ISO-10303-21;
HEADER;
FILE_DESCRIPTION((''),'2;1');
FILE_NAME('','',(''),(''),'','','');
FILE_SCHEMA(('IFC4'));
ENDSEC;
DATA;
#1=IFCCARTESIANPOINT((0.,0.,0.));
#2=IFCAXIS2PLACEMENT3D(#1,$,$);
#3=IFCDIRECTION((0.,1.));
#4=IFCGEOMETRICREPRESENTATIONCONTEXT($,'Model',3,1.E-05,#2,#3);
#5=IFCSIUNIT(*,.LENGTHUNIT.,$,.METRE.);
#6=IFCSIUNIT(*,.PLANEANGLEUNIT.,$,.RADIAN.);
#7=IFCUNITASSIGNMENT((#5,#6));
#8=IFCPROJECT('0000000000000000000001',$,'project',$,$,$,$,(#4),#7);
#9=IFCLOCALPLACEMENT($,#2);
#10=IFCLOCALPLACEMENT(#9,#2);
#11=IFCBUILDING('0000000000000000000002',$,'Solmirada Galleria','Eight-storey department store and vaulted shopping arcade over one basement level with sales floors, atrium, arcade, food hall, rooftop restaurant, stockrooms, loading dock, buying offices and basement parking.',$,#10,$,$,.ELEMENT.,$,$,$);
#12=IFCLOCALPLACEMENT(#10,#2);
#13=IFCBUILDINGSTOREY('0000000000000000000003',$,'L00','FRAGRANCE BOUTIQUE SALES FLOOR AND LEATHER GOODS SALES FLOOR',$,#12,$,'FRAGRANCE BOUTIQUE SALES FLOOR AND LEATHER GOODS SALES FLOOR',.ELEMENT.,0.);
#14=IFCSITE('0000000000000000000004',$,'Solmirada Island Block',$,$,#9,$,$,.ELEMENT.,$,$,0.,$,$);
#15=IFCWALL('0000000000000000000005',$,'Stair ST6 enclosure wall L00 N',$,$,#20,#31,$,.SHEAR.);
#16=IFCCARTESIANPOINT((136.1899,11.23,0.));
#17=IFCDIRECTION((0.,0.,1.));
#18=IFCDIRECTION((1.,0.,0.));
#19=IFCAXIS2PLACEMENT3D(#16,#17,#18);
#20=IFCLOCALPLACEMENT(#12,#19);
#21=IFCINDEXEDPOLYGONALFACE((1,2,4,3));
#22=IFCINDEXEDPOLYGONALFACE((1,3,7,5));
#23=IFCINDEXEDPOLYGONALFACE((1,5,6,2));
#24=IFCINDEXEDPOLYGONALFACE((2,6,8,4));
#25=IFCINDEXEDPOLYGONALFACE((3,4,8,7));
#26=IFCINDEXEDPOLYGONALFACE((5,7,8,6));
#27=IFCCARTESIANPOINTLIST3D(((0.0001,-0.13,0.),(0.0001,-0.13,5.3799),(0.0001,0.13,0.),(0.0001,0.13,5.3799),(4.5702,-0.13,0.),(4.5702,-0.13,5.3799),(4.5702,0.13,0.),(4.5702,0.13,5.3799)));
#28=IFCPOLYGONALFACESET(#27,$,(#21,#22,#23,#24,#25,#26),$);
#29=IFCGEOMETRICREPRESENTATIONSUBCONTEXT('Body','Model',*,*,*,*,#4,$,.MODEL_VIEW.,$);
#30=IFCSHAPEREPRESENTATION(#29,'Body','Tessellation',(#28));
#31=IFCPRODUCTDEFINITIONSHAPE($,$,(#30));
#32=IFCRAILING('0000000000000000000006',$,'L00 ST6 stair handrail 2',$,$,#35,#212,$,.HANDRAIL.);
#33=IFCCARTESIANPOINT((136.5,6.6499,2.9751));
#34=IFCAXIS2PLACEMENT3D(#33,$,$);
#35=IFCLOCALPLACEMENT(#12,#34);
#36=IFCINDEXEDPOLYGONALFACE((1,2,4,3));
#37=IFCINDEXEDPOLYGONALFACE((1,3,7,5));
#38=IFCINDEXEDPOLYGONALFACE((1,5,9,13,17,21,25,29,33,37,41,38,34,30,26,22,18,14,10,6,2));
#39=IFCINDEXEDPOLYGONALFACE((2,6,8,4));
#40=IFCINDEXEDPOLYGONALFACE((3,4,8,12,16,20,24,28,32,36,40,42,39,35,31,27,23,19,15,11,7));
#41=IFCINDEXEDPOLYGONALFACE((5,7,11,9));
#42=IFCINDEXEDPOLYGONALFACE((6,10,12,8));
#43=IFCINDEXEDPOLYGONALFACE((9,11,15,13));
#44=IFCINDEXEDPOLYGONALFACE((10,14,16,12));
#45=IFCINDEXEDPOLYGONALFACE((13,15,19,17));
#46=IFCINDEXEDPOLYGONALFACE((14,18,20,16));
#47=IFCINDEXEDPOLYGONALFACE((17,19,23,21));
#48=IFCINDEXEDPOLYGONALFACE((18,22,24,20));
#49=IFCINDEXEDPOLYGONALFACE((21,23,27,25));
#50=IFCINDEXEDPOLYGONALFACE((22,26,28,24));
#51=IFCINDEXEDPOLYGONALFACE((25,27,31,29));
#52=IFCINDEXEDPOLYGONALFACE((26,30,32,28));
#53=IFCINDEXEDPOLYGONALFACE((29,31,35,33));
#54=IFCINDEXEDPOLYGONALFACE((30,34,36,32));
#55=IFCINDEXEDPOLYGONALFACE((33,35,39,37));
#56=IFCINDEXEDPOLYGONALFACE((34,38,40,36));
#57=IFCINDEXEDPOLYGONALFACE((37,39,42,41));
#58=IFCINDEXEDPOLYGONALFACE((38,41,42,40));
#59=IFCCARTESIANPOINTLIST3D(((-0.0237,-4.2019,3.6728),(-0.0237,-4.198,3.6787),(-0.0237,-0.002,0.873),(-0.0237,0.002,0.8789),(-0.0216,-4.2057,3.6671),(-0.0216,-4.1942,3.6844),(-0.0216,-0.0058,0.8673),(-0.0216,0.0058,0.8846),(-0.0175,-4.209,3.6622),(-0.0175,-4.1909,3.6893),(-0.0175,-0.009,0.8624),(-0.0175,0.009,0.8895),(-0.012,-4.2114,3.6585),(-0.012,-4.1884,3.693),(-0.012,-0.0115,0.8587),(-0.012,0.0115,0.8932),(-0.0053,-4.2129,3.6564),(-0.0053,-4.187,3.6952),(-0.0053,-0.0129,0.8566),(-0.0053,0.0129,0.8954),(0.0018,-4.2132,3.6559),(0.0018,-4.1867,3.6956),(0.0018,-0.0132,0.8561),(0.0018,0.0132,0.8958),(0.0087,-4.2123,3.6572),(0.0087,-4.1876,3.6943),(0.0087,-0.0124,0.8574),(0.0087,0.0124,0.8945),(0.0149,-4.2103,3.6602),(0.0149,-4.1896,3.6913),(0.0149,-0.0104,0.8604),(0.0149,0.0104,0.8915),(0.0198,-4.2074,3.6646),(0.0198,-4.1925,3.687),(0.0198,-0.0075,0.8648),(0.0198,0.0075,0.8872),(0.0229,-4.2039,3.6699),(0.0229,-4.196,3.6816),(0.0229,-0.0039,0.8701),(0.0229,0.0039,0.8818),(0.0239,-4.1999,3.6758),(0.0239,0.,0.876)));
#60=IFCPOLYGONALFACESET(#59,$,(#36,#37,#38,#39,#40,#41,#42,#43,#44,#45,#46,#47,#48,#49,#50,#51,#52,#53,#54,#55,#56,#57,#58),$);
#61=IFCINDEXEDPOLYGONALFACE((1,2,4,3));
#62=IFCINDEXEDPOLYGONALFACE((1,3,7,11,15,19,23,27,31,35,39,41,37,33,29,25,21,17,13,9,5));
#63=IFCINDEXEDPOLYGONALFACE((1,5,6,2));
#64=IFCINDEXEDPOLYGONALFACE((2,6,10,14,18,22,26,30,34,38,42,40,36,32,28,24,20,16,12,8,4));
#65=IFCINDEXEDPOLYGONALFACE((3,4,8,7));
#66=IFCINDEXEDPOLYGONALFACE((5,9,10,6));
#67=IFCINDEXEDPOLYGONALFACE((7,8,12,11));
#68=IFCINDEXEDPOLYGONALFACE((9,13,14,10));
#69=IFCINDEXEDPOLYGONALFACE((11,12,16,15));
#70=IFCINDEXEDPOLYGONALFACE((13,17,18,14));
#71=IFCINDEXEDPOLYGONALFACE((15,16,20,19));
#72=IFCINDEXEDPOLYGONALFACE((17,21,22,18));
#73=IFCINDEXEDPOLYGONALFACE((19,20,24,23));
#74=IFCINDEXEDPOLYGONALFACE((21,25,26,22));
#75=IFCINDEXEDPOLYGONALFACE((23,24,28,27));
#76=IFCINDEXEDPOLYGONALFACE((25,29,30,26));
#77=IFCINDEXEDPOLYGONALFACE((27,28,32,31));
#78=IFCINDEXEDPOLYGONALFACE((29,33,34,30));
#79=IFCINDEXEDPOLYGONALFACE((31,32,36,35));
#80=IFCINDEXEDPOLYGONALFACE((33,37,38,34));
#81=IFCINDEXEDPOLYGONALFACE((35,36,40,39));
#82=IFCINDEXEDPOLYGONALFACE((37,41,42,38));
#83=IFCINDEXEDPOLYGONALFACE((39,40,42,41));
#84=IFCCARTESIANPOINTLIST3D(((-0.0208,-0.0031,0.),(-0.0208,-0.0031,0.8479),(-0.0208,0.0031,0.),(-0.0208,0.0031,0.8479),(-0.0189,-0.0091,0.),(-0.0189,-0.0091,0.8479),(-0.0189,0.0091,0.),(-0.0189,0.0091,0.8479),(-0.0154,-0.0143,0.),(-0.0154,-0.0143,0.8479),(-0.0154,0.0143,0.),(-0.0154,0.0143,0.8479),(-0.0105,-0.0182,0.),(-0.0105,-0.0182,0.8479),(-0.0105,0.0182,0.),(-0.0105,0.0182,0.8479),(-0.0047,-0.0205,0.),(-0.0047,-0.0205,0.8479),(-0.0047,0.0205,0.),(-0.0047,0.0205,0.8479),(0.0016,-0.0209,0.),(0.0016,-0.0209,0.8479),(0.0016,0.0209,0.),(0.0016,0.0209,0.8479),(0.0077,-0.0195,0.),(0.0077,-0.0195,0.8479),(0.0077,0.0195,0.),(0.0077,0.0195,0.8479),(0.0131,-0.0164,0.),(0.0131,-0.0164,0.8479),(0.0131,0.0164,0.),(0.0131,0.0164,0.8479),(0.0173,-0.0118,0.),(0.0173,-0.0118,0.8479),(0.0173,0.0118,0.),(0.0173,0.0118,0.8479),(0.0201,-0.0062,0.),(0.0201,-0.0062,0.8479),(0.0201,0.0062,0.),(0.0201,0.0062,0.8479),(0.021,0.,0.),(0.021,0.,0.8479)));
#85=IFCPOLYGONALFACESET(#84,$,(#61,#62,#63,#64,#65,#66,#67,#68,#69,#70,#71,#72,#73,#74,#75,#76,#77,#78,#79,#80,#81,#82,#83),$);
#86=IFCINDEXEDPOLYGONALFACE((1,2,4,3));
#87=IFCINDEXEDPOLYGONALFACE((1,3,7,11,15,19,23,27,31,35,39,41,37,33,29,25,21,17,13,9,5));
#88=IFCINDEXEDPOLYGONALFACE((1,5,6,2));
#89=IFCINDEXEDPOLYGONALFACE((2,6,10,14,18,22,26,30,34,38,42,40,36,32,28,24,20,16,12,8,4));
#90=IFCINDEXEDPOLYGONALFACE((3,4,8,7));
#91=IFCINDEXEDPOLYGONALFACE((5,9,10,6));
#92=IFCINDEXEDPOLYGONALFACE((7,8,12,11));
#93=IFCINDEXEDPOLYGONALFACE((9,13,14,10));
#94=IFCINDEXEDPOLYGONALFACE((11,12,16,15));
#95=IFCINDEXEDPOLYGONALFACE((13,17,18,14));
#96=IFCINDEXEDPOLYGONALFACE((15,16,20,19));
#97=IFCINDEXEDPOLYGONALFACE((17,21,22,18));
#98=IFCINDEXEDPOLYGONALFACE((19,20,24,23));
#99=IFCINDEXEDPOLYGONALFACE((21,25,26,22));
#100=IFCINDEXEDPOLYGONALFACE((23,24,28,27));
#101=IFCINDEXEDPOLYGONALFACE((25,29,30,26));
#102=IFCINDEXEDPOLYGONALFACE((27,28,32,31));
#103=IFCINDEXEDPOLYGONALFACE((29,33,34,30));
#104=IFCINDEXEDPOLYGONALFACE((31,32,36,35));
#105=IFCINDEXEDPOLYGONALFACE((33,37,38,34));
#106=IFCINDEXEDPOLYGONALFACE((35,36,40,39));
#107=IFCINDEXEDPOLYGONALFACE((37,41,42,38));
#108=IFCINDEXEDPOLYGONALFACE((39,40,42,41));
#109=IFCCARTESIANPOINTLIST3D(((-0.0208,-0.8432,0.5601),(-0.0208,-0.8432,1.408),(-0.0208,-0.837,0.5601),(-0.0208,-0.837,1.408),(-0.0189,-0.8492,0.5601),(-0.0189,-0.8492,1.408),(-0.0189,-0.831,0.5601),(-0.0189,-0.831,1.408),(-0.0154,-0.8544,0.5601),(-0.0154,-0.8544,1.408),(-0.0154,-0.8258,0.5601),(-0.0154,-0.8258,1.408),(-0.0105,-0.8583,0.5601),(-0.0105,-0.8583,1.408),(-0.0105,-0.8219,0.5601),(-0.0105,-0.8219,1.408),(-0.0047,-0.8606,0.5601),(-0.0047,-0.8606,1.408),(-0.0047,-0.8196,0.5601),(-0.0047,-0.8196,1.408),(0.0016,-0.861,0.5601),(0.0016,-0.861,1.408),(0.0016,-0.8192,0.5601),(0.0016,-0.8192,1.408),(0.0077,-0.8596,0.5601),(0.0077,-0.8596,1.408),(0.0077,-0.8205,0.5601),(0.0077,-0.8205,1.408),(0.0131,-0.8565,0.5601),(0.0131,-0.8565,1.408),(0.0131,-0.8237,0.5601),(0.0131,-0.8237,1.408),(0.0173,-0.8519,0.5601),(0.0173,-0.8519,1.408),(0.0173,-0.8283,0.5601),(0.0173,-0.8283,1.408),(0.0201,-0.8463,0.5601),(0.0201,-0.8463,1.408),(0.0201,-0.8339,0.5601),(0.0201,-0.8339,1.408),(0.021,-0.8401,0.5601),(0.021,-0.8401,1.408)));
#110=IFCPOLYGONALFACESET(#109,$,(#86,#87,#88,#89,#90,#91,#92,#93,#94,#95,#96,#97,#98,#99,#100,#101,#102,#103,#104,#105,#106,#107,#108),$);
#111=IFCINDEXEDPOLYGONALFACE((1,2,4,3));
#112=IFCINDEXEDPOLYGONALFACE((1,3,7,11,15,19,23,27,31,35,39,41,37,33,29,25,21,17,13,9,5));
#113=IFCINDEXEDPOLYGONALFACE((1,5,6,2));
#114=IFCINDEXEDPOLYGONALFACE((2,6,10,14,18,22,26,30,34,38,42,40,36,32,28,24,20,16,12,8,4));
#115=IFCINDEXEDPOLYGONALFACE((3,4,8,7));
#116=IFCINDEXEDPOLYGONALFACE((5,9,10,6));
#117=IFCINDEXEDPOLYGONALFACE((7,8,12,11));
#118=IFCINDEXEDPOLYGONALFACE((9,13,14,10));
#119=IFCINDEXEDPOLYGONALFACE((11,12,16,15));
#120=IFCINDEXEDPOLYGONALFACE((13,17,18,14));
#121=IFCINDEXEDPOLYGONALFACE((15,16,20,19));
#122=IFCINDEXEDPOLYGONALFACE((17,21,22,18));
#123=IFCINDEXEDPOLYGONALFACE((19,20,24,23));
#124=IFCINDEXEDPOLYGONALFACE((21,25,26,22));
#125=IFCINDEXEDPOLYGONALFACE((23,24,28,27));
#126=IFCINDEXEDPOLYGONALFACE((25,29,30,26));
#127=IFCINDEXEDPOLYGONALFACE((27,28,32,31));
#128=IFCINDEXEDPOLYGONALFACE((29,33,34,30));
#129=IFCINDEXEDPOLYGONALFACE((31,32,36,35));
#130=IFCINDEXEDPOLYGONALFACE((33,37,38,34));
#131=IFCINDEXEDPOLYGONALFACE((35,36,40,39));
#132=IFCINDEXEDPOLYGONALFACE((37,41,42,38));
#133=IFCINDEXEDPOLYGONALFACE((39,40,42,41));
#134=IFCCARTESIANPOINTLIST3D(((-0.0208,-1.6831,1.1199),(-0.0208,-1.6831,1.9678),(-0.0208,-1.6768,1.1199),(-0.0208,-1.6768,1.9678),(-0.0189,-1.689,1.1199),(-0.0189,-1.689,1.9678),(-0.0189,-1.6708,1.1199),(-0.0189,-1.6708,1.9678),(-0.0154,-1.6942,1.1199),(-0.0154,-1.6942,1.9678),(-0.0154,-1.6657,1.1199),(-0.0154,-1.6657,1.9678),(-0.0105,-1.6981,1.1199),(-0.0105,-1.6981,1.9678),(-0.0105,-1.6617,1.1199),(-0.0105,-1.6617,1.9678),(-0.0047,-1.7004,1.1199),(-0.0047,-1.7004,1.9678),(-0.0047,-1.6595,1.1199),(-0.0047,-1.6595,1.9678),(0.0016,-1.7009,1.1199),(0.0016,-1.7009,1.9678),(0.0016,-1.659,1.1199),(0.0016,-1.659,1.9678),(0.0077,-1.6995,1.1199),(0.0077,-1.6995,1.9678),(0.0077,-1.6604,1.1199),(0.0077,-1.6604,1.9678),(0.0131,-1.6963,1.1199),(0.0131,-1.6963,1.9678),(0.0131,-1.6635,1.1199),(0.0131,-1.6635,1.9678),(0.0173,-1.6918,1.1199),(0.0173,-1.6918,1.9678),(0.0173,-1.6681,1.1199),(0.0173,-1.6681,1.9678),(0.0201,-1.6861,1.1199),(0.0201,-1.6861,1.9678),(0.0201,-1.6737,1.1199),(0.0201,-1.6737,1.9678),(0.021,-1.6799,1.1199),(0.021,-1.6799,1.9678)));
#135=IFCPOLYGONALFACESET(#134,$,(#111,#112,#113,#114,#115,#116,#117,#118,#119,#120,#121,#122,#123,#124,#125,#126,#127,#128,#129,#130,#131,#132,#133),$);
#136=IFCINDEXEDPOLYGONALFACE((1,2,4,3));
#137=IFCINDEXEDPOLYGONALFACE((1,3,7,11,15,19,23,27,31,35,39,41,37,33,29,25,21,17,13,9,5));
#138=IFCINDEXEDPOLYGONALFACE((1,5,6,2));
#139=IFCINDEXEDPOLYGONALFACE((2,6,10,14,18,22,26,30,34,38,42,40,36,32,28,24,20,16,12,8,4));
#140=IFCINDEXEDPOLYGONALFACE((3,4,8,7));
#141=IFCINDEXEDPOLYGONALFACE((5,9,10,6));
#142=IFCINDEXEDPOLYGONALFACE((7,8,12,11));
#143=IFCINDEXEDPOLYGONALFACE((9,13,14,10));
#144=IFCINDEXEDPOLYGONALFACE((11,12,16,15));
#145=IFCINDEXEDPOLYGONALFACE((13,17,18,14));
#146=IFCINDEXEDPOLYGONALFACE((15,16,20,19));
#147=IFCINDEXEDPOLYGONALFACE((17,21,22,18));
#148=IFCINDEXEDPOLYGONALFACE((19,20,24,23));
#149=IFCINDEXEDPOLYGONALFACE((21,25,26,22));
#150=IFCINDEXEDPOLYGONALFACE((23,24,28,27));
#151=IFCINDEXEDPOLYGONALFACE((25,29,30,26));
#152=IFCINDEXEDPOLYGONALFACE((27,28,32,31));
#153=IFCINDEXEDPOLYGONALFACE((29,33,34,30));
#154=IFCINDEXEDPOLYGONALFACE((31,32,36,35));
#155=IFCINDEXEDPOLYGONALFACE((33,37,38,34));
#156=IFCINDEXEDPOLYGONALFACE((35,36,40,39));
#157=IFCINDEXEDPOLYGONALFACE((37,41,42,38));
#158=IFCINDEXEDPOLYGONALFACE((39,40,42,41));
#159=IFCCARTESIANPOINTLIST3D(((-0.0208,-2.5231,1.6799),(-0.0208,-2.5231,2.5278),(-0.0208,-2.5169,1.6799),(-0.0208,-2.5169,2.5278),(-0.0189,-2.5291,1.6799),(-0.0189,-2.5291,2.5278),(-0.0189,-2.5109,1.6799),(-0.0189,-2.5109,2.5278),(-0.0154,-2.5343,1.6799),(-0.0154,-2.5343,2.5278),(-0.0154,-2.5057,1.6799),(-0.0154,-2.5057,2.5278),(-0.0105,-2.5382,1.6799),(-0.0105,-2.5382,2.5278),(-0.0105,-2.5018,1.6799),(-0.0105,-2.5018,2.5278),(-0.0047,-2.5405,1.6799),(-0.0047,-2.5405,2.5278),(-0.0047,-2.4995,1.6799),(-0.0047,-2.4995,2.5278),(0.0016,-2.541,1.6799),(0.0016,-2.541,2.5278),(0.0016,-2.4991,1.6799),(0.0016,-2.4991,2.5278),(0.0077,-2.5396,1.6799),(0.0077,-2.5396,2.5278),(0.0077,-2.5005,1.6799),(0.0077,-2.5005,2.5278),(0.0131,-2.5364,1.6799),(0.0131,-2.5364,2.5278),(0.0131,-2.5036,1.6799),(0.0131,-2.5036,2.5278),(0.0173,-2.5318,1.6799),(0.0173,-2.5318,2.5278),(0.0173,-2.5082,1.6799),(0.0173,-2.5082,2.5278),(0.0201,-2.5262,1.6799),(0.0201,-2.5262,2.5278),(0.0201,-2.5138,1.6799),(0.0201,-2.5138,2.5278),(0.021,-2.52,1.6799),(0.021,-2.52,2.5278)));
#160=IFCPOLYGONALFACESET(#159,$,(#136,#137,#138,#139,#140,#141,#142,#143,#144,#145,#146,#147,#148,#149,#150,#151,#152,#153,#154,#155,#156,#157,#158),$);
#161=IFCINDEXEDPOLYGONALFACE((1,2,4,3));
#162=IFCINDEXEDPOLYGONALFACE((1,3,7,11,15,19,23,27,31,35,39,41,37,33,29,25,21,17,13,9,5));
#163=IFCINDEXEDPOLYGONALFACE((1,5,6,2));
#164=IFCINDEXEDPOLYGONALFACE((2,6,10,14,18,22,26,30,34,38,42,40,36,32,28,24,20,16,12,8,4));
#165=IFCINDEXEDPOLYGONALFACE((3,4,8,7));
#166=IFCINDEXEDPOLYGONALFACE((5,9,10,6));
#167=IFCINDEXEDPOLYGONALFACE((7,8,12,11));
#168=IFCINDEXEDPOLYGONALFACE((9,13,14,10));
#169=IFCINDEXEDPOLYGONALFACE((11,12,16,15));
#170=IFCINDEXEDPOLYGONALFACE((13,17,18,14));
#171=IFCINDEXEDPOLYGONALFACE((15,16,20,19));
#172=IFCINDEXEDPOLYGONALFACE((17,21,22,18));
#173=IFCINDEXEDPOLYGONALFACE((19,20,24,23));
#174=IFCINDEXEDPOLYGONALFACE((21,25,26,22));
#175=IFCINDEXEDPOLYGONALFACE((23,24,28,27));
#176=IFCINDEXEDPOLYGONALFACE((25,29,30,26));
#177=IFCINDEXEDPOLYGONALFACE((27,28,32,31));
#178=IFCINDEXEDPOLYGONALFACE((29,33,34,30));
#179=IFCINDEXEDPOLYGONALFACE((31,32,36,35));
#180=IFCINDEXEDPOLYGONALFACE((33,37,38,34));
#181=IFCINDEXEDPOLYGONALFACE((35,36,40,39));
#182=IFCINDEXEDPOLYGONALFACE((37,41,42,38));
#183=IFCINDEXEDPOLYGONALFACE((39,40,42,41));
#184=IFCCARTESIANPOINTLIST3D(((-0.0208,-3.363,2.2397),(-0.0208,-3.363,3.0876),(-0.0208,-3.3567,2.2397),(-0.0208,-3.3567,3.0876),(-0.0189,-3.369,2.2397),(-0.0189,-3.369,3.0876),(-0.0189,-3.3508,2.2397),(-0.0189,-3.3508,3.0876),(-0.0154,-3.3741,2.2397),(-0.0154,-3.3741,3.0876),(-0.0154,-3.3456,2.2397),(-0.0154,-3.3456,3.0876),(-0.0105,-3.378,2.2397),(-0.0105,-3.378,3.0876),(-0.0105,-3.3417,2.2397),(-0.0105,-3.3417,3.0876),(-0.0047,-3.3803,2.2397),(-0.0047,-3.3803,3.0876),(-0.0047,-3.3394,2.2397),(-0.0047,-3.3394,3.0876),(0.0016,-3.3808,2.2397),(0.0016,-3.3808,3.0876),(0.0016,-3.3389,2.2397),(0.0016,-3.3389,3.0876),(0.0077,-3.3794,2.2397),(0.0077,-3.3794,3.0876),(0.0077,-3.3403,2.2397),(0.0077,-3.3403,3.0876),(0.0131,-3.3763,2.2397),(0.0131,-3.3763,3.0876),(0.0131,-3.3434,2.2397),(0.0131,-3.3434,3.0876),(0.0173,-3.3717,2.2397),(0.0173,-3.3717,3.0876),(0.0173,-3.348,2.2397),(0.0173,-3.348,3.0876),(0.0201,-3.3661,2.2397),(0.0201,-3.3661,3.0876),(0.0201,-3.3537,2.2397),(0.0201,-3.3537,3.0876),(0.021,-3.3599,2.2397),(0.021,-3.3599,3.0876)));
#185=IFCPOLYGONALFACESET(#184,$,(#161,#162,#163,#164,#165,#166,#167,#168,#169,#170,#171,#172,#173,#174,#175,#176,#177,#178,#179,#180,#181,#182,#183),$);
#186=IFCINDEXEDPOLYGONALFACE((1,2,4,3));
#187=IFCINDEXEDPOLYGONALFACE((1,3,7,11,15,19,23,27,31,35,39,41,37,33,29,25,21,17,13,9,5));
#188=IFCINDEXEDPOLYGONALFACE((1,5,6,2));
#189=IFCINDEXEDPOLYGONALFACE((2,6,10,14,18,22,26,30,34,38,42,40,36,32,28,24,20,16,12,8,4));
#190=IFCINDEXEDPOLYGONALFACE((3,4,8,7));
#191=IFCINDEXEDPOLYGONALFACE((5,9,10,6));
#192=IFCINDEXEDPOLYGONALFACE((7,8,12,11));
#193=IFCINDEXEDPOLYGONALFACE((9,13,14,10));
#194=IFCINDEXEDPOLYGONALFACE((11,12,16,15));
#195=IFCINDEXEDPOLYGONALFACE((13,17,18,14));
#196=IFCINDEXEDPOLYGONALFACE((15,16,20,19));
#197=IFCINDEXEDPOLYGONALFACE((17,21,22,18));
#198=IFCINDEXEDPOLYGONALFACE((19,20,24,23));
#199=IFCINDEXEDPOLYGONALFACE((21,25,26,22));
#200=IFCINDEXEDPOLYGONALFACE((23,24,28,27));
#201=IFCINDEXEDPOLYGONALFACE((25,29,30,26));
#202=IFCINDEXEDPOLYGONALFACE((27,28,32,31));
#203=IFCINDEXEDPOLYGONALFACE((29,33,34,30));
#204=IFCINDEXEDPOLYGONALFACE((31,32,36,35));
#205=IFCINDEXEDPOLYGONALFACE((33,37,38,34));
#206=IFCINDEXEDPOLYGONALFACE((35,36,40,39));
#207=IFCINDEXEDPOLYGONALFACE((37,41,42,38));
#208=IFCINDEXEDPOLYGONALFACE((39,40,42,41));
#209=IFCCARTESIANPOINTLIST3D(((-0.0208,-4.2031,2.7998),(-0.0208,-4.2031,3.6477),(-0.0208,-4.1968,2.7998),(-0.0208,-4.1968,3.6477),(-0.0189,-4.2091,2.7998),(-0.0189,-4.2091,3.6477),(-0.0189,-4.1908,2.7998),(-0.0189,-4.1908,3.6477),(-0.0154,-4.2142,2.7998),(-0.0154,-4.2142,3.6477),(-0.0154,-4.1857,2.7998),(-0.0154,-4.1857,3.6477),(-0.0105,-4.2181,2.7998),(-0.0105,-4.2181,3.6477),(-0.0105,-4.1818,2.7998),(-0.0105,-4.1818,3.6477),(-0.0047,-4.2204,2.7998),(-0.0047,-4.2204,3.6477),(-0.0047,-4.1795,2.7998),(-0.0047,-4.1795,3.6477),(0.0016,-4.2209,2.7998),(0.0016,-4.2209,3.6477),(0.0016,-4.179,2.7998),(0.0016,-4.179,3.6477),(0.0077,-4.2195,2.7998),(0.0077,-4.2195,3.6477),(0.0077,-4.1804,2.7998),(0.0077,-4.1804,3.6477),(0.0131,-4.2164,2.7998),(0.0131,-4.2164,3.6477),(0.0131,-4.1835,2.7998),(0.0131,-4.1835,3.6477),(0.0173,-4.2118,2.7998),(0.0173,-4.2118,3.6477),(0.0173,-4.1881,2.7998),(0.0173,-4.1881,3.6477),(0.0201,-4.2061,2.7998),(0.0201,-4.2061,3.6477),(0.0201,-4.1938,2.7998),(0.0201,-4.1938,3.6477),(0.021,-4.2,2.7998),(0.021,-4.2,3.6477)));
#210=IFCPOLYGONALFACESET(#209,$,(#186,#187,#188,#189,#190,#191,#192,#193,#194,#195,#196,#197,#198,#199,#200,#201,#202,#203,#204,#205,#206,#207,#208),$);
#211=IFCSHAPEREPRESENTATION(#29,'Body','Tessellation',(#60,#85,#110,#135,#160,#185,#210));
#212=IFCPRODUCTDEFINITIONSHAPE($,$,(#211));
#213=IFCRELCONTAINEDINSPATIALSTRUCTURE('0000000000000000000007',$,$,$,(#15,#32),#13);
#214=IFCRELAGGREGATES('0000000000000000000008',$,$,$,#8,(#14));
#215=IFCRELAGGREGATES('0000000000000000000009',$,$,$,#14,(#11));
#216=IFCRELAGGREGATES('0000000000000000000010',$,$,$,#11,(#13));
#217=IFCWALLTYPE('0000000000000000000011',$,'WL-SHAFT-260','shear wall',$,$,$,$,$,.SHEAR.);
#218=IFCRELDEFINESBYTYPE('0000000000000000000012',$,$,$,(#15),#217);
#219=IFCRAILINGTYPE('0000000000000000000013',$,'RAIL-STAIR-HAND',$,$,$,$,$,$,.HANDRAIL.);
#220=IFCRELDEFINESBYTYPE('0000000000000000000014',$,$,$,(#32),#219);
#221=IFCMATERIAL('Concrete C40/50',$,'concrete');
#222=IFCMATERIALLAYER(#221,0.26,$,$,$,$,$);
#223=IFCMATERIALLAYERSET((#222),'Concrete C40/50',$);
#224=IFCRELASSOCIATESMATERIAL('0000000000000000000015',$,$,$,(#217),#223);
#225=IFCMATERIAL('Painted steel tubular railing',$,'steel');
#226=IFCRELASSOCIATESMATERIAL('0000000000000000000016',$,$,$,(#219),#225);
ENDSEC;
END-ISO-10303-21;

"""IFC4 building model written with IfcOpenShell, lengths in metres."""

from ifc_helpers import new_model, si_unit, direction, frame, frame_2d, origin, origin_2d, place, context, subcontext, project, spatial, rectangle, circle, extrude, material, layer, layer_set, type_object, element, save


model = new_model("IFC4")

# Units and contexts
model_context = context("Model", 3, precision=1e-05, world=origin(), true_north=direction((0.0, 1.0)))
body_context = subcontext(model_context, "Body", "Model", "MODEL_VIEW")
ifc_project = project(units=[si_unit("LENGTHUNIT", "METRE"), si_unit("PLANEANGLEUNIT", "RADIAN")], contexts=[model_context])

# Site, building, storey
site_placement = place(None, origin())
site = spatial("IfcSite", under=ifc_project, at=site_placement, Name="Solmirada Island Block", CompositionType="ELEMENT", RefElevation=0.0)
building_placement = place(site_placement, origin())
building = spatial("IfcBuilding", under=site, at=building_placement, Name="Solmirada Galleria", Description="Eight-storey department store and vaulted shopping arcade over one basement level with sales floors, atrium, arcade, food hall, rooftop restaurant, stockrooms, loading dock, buying offices and basement parking.", CompositionType="ELEMENT")
storey_placement = place(building_placement, origin())
storey = spatial("IfcBuildingStorey", under=building, at=storey_placement, Name="L00", Description="FRAGRANCE BOUTIQUE SALES FLOOR AND LEATHER GOODS SALES FLOOR", LongName="FRAGRANCE BOUTIQUE SALES FLOOR AND LEATHER GOODS SALES FLOOR", CompositionType="ELEMENT", Elevation=0.0)

# Shared definitions
ifc_material_1 = material(Name="Concrete C40/50", Category="concrete")

# Wall
ifc_layer_1 = layer(ifc_material_1, 0.26)
ifc_layer_set_1 = layer_set([ifc_layer_1], Name="Concrete C40/50")
wall_type_1 = type_object("IfcWallType", Name="WL-SHAFT-260", Description="shear wall", PredefinedType="SHEAR", material=ifc_layer_set_1)
wall_1_placement = place(storey_placement, frame((136.1899, 11.23, 0.0), z_axis=(0.0, 0.0, 1.0), x_axis=(1.0, 0.0, 0.0)))
element("IfcWall", 1, at=wall_1_placement, inside=storey, type_object=wall_type_1, Name="Stair ST6 enclosure wall L00 N", PredefinedType="SHEAR", context=body_context, shape_type="SweptSolid", body=[
    extrude(rectangle(XDim=4.5701, YDim=0.26, at=frame_2d((2.2852, 0.0))), origin(), (0.0, 0.0, 1.0), 5.3799),
])

# Railing
ifc_material_2 = material(Name="Painted steel tubular railing", Category="steel")
railing_type_1 = type_object("IfcRailingType", Name="RAIL-STAIR-HAND", PredefinedType="HANDRAIL", material=ifc_material_2)
railing_1_placement = place(storey_placement, frame((136.5, 6.6499, 2.9751)))
element("IfcRailing", 2, at=railing_1_placement, inside=storey, type_object=railing_type_1, Name="L00 ST6 stair handrail 2", PredefinedType="HANDRAIL", context=body_context, shape_type="SweptSolid", body=[
    extrude(circle(Radius=0.0239, at=origin_2d()), frame((0.0, 0.0, 0.876), z_axis=(0.0, -0.832065, 0.554678), x_axis=(1.0, 0.0, 0.0)), (0.0, 0.0, 1.0), 5.0476),
    extrude(circle(Radius=0.021, at=origin_2d()), origin(), (0.0, 0.0, 1.0), 0.8479),
    extrude(circle(Radius=0.021, at=origin_2d()), frame((0.0, -0.8401, 0.5601)), (0.0, 0.0, 1.0), 0.8479),
    extrude(circle(Radius=0.021, at=origin_2d()), frame((0.0, -1.6799, 1.1199)), (0.0, 0.0, 1.0), 0.8479),
    extrude(circle(Radius=0.021, at=origin_2d()), frame((0.0, -2.52, 1.6799)), (0.0, 0.0, 1.0), 0.8479),
    extrude(circle(Radius=0.021, at=origin_2d()), frame((0.0, -3.3599, 2.2397)), (0.0, 0.0, 1.0), 0.8479),
    extrude(circle(Radius=0.021, at=origin_2d()), frame((0.0, -4.2, 2.7998)), (0.0, 0.0, 1.0), 0.8479),
])

save(model, "model.ifc")
